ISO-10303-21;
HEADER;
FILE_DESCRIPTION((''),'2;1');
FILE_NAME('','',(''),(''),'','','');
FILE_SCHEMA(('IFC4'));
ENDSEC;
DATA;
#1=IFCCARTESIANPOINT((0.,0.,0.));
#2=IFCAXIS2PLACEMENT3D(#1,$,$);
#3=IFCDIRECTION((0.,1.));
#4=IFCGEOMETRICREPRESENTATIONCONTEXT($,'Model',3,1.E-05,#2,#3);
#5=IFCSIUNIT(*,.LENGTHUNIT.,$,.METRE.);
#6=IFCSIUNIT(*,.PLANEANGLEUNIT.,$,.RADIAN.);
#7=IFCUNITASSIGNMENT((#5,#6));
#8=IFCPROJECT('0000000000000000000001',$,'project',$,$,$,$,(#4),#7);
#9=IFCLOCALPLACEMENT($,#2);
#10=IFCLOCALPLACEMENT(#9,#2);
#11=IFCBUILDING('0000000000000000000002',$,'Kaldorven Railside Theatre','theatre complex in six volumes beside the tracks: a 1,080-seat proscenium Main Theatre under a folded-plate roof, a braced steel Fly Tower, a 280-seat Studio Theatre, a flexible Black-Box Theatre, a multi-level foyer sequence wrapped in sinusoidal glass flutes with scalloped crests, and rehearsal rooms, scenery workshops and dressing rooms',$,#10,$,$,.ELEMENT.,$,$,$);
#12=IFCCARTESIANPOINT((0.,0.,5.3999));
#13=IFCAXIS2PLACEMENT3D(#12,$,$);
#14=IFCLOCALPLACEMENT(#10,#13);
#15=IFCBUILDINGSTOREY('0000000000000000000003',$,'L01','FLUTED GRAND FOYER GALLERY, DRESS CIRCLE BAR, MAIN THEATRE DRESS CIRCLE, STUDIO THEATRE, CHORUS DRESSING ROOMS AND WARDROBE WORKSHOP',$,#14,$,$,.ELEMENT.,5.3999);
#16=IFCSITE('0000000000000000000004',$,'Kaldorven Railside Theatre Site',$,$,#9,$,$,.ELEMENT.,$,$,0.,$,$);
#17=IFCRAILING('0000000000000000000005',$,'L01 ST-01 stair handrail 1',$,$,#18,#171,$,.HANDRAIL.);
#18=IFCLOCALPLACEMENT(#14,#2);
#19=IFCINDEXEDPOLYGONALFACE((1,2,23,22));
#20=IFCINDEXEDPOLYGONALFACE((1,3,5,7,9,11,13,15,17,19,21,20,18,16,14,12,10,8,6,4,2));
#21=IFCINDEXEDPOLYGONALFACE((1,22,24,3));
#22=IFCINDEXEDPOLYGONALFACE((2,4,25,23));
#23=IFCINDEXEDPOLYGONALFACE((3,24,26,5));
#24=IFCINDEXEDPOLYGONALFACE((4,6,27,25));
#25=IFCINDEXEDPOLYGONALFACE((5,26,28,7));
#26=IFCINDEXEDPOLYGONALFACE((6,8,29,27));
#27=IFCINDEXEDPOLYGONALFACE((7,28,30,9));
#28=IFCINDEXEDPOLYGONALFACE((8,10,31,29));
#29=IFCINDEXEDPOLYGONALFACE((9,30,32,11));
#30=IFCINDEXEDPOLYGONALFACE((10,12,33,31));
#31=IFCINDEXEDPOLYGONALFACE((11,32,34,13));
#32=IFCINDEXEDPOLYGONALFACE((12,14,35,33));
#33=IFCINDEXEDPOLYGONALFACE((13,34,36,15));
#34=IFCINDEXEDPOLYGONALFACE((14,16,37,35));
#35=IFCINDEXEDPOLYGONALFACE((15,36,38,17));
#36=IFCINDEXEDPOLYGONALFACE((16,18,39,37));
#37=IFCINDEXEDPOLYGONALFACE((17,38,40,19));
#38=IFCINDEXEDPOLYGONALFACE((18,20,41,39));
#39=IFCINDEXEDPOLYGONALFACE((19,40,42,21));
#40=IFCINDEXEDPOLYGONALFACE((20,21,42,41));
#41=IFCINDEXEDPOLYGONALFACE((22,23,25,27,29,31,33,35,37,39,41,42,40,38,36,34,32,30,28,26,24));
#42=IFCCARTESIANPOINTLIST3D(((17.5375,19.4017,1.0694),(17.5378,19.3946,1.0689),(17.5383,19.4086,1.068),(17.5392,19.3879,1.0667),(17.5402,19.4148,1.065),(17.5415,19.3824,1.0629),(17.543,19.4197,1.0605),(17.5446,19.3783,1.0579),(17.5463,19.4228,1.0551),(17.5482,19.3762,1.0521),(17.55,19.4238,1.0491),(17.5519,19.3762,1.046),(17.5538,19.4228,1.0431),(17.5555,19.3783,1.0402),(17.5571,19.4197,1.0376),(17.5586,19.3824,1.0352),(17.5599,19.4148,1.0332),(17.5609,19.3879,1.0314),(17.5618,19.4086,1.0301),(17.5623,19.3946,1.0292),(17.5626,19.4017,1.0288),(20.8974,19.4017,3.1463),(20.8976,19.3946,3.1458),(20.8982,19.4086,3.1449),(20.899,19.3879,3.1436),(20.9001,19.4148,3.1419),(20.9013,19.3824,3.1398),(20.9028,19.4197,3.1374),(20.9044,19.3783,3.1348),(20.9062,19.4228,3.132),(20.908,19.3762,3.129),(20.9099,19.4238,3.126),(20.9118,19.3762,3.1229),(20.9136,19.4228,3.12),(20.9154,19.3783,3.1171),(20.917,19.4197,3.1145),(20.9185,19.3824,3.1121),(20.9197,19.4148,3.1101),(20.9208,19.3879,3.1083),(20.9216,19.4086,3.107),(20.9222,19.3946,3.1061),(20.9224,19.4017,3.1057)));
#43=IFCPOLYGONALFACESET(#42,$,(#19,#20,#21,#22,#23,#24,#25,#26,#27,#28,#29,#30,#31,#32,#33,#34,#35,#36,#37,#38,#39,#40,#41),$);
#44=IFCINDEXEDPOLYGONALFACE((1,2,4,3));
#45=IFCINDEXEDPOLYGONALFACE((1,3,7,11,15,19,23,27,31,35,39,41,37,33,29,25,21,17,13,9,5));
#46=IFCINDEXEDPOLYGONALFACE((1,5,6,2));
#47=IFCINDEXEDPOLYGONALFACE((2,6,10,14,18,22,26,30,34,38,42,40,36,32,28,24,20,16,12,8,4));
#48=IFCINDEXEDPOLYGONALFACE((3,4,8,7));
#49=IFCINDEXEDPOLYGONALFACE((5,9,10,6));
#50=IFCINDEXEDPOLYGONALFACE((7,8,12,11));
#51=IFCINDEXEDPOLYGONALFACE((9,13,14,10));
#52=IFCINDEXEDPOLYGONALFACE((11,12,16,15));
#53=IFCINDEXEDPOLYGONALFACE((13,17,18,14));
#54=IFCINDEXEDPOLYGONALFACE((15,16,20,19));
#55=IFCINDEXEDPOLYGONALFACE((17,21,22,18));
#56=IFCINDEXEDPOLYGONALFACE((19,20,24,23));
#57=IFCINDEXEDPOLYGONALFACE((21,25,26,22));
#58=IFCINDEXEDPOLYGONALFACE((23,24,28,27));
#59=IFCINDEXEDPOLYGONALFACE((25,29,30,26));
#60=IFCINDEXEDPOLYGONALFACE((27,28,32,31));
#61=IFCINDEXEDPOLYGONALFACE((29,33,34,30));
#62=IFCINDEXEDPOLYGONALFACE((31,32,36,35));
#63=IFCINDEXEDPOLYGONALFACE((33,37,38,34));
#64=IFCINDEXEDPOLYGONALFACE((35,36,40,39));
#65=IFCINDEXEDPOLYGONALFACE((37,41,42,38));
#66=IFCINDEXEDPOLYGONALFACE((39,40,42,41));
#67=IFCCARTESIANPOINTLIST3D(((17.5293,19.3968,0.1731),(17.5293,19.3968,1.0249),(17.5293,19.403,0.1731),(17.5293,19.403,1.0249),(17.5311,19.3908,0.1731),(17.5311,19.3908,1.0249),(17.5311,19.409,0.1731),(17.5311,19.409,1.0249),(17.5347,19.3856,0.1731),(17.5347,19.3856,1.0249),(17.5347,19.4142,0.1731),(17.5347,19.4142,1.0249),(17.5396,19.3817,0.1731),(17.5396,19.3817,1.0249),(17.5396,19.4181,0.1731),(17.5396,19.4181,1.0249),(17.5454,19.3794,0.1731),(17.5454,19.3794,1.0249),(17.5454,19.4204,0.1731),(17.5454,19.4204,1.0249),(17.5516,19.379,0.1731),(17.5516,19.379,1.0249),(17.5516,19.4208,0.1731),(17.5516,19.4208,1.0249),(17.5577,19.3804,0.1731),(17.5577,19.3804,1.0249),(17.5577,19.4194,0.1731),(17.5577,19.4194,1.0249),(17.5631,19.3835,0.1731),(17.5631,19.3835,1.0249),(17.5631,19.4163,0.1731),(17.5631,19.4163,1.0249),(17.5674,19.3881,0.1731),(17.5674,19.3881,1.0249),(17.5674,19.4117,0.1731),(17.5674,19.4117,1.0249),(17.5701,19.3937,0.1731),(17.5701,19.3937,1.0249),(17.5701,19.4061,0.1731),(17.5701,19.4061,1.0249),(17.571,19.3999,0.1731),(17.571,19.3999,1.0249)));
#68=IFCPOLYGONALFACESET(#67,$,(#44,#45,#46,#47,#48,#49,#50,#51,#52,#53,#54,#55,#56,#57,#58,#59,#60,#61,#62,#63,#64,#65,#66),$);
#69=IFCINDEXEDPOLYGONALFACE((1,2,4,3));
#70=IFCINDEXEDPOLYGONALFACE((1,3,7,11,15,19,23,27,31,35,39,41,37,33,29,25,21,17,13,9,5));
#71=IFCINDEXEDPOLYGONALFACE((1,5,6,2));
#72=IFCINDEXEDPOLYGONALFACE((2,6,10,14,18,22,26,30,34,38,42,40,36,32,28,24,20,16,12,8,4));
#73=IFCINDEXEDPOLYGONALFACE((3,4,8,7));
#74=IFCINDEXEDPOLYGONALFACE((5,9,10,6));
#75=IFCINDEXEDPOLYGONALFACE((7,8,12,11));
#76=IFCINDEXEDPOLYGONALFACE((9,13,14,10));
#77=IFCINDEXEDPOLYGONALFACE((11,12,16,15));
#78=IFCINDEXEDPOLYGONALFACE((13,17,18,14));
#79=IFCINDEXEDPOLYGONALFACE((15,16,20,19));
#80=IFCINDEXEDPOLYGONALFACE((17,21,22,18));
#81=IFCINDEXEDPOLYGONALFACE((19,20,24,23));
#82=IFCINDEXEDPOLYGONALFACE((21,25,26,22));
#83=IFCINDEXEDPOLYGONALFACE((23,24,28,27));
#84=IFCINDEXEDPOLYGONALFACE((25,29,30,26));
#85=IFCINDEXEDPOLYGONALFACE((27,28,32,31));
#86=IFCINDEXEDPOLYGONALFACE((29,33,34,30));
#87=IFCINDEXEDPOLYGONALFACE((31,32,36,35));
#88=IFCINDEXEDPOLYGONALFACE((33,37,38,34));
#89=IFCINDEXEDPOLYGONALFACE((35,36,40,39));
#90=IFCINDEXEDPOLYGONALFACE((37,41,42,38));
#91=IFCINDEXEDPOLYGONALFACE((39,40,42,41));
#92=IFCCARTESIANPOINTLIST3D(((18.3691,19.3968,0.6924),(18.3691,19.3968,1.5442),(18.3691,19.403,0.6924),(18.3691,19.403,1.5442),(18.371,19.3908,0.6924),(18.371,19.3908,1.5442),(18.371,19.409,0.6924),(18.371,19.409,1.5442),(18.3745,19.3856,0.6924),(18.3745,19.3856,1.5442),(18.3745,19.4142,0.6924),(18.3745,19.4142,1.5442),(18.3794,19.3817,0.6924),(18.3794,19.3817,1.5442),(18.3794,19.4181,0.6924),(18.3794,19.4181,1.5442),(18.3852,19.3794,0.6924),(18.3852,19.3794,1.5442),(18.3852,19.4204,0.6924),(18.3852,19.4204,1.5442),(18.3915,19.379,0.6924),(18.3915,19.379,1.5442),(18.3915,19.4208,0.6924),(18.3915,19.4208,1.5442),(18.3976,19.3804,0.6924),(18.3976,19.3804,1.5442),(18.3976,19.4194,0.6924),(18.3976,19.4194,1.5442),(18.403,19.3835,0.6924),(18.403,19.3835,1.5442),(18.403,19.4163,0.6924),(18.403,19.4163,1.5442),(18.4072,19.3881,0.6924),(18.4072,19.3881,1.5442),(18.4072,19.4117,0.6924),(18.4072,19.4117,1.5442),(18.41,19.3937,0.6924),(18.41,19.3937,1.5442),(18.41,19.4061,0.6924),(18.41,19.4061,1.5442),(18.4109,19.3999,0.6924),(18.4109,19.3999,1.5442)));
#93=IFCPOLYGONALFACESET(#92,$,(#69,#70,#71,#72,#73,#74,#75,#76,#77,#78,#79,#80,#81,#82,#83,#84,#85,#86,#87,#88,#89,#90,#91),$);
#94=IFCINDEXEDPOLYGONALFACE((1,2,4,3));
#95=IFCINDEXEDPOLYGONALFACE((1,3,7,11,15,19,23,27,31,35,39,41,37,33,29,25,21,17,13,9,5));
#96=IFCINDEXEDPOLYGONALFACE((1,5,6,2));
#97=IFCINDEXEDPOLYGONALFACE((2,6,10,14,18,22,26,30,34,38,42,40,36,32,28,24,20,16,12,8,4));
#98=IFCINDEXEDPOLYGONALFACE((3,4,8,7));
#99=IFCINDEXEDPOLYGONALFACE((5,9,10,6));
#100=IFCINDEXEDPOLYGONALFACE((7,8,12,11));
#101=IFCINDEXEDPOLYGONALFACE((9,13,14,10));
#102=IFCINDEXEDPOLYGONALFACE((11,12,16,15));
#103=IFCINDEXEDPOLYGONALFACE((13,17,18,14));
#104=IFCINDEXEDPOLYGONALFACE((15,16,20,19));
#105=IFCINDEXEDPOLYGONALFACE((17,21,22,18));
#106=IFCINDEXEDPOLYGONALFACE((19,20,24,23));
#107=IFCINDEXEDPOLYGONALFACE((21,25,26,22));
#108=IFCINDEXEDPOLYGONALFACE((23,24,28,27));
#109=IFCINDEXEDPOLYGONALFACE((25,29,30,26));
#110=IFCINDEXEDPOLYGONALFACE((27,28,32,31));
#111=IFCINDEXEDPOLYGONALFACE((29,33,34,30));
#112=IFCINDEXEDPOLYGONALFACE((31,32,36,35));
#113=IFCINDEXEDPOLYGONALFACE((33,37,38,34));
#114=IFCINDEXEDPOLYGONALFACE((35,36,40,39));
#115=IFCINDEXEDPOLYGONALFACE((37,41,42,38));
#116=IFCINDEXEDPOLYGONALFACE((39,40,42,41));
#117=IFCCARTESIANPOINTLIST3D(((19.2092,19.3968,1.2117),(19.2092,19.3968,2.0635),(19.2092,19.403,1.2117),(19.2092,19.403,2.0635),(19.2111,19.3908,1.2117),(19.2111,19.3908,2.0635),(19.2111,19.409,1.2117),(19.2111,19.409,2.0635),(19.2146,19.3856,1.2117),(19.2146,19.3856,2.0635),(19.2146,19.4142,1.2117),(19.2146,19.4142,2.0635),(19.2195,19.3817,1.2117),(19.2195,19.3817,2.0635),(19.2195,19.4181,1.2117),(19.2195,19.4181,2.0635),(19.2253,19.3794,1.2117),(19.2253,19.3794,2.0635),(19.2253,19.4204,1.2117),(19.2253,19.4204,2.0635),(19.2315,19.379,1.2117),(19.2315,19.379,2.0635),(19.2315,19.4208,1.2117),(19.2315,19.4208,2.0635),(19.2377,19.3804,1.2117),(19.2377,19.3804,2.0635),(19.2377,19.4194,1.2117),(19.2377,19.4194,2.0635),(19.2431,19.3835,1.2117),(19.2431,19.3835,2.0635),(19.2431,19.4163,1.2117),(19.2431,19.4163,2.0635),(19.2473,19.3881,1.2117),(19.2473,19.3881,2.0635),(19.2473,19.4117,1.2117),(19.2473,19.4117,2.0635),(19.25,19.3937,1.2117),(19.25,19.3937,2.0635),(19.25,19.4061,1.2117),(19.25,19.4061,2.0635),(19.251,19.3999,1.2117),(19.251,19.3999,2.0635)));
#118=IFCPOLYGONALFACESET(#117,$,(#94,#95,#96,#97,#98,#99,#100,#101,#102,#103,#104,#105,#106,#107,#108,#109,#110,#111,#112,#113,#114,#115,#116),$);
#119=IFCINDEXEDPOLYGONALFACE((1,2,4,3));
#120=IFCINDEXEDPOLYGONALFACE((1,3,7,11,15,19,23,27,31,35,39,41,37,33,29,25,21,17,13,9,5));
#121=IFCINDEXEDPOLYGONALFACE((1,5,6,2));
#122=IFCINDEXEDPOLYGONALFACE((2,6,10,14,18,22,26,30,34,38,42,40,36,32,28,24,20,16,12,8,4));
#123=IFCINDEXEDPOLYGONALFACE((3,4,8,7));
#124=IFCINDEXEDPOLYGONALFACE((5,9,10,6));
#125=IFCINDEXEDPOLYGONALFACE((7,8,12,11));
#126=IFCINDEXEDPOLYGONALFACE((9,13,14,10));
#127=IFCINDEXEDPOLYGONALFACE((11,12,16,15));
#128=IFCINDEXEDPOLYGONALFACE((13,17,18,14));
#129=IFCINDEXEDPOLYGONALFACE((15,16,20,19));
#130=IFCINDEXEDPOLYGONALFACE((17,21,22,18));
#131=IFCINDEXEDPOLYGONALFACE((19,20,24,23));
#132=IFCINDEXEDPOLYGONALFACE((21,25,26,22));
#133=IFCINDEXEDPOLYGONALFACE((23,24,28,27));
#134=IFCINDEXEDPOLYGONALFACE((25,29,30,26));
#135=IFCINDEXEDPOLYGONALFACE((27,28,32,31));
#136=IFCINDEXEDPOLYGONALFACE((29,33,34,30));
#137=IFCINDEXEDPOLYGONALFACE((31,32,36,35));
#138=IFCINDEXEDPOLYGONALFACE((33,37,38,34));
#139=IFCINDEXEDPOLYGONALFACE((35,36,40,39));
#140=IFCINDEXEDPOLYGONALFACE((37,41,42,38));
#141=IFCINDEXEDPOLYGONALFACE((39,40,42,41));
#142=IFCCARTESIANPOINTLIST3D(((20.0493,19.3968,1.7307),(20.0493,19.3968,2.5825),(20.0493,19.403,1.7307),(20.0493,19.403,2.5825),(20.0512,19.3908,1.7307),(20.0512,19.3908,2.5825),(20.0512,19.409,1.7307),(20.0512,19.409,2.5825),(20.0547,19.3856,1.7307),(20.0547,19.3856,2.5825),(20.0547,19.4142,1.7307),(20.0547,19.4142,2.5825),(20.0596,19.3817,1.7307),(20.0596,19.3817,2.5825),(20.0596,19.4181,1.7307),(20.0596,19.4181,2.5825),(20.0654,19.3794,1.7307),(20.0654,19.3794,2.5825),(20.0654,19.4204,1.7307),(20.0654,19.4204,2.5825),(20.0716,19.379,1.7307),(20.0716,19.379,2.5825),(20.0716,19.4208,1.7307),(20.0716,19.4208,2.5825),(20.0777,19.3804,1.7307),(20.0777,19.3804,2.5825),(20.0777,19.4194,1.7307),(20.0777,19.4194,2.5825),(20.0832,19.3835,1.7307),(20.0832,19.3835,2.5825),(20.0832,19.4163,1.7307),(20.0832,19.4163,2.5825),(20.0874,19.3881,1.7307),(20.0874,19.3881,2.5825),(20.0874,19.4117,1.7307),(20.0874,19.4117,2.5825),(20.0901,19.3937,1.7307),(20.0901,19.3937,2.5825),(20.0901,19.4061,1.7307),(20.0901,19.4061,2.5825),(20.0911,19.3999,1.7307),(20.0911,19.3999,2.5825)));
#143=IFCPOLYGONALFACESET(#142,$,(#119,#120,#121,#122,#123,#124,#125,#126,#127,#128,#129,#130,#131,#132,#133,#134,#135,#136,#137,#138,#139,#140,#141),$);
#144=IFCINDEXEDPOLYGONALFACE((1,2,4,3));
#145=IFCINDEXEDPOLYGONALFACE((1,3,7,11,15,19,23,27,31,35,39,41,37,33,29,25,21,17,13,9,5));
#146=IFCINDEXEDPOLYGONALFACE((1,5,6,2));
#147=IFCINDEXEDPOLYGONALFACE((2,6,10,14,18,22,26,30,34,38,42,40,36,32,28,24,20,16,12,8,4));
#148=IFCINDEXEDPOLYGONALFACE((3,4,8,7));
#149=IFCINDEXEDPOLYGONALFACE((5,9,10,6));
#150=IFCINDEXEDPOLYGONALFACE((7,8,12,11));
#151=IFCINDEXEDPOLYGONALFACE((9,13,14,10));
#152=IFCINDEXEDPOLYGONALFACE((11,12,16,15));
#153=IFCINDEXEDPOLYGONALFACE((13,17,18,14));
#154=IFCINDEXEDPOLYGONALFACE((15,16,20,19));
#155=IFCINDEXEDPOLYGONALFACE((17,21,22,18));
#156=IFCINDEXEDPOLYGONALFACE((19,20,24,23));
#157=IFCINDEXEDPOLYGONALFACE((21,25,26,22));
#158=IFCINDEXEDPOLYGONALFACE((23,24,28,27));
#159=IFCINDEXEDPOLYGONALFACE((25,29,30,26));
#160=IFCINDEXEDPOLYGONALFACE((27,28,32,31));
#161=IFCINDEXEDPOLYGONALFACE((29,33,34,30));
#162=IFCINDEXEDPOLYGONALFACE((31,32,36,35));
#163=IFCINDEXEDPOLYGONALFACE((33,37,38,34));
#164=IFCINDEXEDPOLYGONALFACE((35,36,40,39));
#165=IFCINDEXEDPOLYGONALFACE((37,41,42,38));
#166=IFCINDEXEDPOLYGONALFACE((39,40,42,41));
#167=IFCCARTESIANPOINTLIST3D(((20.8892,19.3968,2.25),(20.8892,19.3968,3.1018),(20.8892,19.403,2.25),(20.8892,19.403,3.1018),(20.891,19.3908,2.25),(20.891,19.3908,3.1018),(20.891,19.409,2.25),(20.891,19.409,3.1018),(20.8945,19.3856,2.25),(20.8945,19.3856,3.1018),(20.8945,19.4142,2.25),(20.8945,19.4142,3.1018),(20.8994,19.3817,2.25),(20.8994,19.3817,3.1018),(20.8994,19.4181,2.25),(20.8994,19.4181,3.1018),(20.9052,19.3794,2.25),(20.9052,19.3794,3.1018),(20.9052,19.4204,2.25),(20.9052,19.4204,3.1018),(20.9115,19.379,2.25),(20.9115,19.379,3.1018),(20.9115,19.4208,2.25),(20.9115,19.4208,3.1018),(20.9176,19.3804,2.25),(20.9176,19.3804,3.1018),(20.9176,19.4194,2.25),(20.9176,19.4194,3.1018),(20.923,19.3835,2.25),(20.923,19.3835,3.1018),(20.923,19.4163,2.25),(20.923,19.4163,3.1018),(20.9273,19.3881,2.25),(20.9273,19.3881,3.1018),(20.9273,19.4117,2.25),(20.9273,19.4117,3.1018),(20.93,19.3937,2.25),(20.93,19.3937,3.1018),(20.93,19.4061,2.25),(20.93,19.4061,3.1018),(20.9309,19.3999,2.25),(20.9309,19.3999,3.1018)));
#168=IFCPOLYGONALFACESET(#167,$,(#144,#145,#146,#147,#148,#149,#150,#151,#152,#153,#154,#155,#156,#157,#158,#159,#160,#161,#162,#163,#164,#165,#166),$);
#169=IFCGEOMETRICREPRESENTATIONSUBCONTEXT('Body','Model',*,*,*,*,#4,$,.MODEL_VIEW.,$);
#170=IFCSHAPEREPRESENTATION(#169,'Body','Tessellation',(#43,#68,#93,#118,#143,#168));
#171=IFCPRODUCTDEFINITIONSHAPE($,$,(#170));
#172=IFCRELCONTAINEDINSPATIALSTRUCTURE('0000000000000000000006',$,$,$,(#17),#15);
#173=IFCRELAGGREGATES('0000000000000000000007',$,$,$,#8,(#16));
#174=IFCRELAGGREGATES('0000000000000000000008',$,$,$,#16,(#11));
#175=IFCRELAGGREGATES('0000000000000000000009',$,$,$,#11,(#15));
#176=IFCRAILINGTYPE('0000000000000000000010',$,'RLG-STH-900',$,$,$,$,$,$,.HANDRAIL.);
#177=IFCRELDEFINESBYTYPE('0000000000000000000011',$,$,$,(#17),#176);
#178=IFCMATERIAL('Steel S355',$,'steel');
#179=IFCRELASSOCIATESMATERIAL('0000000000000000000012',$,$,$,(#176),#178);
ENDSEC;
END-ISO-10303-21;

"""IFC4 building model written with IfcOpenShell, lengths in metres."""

from ifc_helpers import new_model, si_unit, direction, frame, origin, origin_2d, place, context, subcontext, project, spatial, circle, extrude, material, type_object, element, save


model = new_model("IFC4")

# Units and contexts
model_context = context("Model", 3, precision=1e-05, world=origin(), true_north=direction((0.0, 1.0)))
body_context = subcontext(model_context, "Body", "Model", "MODEL_VIEW")
ifc_project = project(units=[si_unit("LENGTHUNIT", "METRE"), si_unit("PLANEANGLEUNIT", "RADIAN")], contexts=[model_context])

# Site, building, storey
site_placement = place(None, origin())
site = spatial("IfcSite", under=ifc_project, at=site_placement, Name="Kaldorven Railside Theatre Site", CompositionType="ELEMENT", RefElevation=0.0)
building_placement = place(site_placement, origin())
building = spatial("IfcBuilding", under=site, at=building_placement, Name="Kaldorven Railside Theatre", Description="theatre complex in six volumes beside the tracks: a 1,080-seat proscenium Main Theatre under a folded-plate roof, a braced steel Fly Tower, a 280-seat Studio Theatre, a flexible Black-Box Theatre, a multi-level foyer sequence wrapped in sinusoidal glass flutes with scalloped crests, and rehearsal rooms, scenery workshops and dressing rooms", CompositionType="ELEMENT")
storey_placement = place(building_placement, frame((0.0, 0.0, 5.3999)))
storey = spatial("IfcBuildingStorey", under=building, at=storey_placement, Name="L01", Description="FLUTED GRAND FOYER GALLERY, DRESS CIRCLE BAR, MAIN THEATRE DRESS CIRCLE, STUDIO THEATRE, CHORUS DRESSING ROOMS AND WARDROBE WORKSHOP", CompositionType="ELEMENT", Elevation=5.3999)

# Shared definitions
ifc_material_1 = material(Name="Steel S355", Category="steel")

# Railing
railing_type_1 = type_object("IfcRailingType", Name="RLG-STH-900", PredefinedType="HANDRAIL", material=ifc_material_1)
railing_1_placement = place(storey_placement, frame((17.55, 19.3999, 0.1731)))
element("IfcRailing", 1, at=railing_1_placement, inside=storey, type_object=railing_type_1, Name="L01 ST-01 stair handrail 1", PredefinedType="HANDRAIL", context=body_context, shape_type="SweptSolid", body=[
    extrude(circle(Radius=0.0239, at=origin_2d()), frame((0.0, 0.0, 0.876), z_axis=(0.850606, 0.0, 0.525803), x_axis=(0.0, 1.0, 0.0)), (0.0, 0.0, 1.0), 3.95),
    extrude(circle(Radius=0.021, at=origin_2d()), origin(), (0.0, 0.0, 1.0), 0.8518),
    extrude(circle(Radius=0.021, at=origin_2d()), frame((0.8398, 0.0, 0.5193)), (0.0, 0.0, 1.0), 0.8518),
    extrude(circle(Radius=0.021, at=origin_2d()), frame((1.6799, 0.0, 1.0386)), (0.0, 0.0, 1.0), 0.8518),
    extrude(circle(Radius=0.021, at=origin_2d()), frame((2.52, 0.0, 1.5576)), (0.0, 0.0, 1.0), 0.8518),
    extrude(circle(Radius=0.021, at=origin_2d()), frame((3.3599, 0.0, 2.0769)), (0.0, 0.0, 1.0), 0.8518),
])

save(model, "model.ifc")
